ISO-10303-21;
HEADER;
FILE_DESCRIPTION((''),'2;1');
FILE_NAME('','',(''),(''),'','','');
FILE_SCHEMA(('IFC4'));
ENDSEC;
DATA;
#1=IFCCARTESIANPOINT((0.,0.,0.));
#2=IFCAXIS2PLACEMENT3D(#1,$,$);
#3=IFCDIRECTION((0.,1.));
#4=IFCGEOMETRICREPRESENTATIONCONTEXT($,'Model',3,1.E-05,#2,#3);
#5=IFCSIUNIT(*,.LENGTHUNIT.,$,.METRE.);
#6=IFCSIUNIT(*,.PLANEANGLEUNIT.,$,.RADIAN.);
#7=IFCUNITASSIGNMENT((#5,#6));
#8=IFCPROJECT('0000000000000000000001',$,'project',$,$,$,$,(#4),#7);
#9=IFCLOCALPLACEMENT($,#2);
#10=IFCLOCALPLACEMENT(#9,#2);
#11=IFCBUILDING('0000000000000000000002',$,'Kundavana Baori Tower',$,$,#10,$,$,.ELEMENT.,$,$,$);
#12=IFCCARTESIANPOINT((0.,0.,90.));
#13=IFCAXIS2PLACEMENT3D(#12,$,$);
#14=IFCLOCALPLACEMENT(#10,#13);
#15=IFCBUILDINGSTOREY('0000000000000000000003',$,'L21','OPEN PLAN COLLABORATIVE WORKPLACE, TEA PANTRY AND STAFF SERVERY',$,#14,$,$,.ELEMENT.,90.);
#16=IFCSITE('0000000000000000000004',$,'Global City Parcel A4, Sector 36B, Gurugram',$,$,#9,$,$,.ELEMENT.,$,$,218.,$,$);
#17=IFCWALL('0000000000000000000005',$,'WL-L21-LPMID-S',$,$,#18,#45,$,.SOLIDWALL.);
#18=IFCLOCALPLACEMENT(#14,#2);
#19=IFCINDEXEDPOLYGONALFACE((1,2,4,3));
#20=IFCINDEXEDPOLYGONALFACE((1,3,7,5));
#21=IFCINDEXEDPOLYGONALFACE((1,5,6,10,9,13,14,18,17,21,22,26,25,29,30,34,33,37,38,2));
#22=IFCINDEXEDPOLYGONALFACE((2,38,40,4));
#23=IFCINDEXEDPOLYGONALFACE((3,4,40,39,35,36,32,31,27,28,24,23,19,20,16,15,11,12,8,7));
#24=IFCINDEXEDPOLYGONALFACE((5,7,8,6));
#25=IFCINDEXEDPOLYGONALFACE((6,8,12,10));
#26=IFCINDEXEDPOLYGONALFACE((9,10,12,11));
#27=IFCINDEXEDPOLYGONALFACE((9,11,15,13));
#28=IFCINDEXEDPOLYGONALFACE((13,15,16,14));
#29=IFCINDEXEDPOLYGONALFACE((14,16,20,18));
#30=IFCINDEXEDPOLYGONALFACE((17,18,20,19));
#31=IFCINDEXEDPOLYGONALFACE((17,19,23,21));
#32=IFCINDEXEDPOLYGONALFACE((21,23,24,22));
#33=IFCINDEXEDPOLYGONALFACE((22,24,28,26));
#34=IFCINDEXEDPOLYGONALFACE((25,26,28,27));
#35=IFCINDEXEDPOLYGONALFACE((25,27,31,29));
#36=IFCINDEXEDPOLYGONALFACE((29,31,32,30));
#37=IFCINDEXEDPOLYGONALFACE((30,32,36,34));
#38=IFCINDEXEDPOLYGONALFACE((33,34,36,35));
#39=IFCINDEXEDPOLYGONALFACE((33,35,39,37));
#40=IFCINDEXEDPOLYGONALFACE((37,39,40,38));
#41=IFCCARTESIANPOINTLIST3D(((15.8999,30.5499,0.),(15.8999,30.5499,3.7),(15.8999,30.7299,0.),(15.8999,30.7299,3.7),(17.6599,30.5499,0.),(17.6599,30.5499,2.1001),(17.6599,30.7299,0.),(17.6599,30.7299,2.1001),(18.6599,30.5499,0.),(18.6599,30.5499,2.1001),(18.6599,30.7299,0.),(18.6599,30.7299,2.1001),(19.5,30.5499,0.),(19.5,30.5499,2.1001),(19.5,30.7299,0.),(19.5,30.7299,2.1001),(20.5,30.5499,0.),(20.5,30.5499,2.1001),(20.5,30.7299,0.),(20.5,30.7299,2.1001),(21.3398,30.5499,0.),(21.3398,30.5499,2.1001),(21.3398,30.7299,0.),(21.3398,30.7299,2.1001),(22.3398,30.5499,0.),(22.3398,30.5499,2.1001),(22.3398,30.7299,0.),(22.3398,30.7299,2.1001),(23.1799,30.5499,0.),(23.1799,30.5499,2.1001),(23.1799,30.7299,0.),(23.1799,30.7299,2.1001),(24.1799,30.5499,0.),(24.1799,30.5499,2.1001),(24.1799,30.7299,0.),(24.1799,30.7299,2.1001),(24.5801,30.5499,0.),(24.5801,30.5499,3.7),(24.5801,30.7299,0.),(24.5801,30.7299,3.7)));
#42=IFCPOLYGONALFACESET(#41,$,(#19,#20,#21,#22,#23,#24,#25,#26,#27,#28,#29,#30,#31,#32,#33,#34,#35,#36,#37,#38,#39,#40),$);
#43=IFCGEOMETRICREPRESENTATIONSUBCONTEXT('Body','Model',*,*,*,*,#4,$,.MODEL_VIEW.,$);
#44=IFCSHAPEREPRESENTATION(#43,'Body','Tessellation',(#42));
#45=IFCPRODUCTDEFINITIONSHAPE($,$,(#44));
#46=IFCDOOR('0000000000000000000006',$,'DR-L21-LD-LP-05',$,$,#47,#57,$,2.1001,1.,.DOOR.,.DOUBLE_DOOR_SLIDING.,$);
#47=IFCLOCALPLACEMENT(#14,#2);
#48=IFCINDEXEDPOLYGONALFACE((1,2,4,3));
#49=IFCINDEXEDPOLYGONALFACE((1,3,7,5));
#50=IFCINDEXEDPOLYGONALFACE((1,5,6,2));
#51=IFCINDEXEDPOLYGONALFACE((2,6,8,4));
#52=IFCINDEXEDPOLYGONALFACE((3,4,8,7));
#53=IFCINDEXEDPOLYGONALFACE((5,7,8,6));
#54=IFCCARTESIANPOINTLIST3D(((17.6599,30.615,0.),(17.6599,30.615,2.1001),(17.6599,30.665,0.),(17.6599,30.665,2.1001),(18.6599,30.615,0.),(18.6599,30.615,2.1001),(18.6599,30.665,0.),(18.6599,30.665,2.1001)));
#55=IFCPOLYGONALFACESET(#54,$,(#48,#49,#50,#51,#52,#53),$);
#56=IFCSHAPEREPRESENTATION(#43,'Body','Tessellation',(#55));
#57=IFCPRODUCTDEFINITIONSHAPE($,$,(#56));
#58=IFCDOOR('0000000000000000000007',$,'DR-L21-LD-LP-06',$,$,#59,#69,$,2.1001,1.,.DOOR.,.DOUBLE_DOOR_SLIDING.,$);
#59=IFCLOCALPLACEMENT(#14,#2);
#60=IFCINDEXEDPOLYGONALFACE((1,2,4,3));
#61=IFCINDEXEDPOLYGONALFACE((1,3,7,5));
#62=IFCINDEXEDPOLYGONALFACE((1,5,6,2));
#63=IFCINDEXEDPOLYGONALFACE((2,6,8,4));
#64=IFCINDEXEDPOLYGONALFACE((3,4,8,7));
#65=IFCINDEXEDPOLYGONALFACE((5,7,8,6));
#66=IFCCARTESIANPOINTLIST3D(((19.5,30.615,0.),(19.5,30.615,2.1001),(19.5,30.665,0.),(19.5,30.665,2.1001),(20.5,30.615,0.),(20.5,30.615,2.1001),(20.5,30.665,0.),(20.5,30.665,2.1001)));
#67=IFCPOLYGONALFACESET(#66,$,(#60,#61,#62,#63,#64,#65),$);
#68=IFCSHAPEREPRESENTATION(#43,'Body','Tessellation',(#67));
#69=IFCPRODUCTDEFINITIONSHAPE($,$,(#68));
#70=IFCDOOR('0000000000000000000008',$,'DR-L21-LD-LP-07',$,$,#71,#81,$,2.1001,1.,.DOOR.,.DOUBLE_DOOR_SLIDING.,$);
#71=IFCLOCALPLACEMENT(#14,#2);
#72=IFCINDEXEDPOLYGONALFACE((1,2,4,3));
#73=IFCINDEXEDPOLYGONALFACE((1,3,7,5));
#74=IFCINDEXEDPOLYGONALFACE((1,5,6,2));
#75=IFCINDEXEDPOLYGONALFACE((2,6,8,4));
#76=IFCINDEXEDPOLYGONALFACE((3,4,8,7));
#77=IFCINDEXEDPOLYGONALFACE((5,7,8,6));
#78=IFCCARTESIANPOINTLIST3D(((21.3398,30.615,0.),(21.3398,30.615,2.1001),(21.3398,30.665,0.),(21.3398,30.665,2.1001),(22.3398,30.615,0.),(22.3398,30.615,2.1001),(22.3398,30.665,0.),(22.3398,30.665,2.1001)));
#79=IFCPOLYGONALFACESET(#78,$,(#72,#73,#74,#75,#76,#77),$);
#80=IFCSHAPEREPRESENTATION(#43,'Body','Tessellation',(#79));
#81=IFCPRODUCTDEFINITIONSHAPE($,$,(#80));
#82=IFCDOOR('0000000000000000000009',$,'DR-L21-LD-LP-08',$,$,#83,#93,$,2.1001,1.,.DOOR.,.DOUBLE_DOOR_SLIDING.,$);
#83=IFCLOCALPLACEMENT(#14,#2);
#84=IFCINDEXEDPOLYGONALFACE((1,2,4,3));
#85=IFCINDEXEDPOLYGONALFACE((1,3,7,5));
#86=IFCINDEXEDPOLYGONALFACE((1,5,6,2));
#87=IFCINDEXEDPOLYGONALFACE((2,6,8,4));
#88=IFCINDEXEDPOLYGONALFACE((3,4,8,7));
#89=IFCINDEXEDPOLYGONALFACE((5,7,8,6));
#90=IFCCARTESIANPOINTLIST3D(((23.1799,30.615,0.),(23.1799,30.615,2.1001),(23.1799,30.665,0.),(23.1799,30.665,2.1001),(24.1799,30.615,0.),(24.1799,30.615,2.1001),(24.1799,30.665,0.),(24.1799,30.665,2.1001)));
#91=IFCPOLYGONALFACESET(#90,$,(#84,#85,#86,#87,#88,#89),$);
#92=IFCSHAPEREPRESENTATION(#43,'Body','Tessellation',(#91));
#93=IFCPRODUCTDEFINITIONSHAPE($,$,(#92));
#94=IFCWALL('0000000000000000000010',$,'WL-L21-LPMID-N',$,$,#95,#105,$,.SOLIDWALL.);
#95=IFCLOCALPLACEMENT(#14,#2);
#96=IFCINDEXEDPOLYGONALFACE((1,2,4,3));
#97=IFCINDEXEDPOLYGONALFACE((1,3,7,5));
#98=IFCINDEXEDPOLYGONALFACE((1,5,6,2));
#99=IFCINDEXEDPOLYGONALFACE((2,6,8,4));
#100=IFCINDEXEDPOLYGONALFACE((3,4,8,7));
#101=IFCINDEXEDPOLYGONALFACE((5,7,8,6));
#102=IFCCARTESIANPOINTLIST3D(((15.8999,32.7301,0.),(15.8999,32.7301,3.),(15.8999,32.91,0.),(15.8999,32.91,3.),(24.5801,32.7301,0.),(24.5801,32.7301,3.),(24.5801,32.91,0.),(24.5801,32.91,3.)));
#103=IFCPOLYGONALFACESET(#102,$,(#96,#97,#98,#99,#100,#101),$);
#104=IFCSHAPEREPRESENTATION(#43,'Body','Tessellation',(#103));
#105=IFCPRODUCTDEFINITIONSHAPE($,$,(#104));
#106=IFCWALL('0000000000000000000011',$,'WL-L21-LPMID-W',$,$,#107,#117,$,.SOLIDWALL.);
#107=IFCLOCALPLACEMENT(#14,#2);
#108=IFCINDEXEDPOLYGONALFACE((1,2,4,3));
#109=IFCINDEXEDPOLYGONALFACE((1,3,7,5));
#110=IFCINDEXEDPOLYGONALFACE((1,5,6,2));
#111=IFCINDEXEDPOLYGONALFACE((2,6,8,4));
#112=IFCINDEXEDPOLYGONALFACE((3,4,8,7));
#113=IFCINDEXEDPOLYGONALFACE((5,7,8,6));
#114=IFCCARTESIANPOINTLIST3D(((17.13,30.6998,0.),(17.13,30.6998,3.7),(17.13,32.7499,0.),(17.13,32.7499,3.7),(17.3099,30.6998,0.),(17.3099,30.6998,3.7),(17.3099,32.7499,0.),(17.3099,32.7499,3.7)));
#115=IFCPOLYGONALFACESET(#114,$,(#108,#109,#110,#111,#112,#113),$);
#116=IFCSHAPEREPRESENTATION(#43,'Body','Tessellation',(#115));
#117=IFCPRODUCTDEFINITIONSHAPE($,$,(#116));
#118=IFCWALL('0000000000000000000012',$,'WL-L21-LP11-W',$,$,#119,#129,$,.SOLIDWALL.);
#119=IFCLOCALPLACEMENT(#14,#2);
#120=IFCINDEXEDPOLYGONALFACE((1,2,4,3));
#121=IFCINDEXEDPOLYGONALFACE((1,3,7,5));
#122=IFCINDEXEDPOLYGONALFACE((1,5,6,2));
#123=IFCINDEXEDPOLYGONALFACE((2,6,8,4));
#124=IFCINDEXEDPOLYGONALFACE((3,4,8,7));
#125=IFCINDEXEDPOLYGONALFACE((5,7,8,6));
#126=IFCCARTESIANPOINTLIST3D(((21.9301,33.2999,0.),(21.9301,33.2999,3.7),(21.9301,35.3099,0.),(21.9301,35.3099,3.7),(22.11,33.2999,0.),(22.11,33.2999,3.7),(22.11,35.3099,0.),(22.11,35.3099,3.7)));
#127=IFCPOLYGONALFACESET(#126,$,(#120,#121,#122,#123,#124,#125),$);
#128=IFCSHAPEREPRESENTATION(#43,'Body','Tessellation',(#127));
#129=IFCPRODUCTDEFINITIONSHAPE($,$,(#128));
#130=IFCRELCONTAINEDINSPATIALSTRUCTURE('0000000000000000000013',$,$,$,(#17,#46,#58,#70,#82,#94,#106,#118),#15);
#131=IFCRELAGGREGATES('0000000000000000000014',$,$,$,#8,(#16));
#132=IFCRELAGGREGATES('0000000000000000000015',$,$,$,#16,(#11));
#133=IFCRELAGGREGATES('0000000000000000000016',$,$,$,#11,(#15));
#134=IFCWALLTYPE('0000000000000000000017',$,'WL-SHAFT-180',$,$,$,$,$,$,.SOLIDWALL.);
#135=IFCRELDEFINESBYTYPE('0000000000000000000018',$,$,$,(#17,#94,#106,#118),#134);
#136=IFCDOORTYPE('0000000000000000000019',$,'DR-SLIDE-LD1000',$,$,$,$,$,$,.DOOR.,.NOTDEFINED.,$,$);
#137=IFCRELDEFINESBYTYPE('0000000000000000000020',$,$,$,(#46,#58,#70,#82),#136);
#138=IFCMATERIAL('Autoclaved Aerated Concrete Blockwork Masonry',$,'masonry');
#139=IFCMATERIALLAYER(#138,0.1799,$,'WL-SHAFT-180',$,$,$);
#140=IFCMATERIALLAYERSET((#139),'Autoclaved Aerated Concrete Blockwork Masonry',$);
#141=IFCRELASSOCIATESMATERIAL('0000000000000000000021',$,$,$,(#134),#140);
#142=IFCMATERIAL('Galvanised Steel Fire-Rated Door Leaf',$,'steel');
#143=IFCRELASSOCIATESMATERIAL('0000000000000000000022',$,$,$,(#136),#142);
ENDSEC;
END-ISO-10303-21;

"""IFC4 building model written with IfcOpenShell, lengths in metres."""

from ifc_helpers import new_model, si_unit, direction, frame, frame_2d, origin, place, context, subcontext, project, spatial, rectangle, extrude, material, layer, layer_set, type_object, element, fill, save


model = new_model("IFC4")

# Units and contexts
model_context = context("Model", 3, precision=1e-05, world=origin(), true_north=direction((0.0, 1.0)))
body_context = subcontext(model_context, "Body", "Model", "MODEL_VIEW")
ifc_project = project(units=[si_unit("LENGTHUNIT", "METRE"), si_unit("PLANEANGLEUNIT", "RADIAN")], contexts=[model_context])

# Site, building, storey
site_placement = place(None, origin())
site = spatial("IfcSite", under=ifc_project, at=site_placement, Name="Global City Parcel A4, Sector 36B, Gurugram", CompositionType="ELEMENT", RefElevation=218.0)
building_placement = place(site_placement, origin())
building = spatial("IfcBuilding", under=site, at=building_placement, Name="Kundavana Baori Tower", CompositionType="ELEMENT")
storey_placement = place(building_placement, frame((0.0, 0.0, 90.0)))
storey = spatial("IfcBuildingStorey", under=building, at=storey_placement, Name="L21", Description="OPEN PLAN COLLABORATIVE WORKPLACE, TEA PANTRY AND STAFF SERVERY", CompositionType="ELEMENT", Elevation=90.0)

# Shared definitions
ifc_material_1 = material(Name="Autoclaved Aerated Concrete Blockwork Masonry", Category="masonry")
ifc_layer_1 = layer(ifc_material_1, 0.1799, Name="WL-SHAFT-180")
ifc_layer_set_1 = layer_set([ifc_layer_1], Name="Autoclaved Aerated Concrete Blockwork Masonry")
wall_type_1 = type_object("IfcWallType", Name="WL-SHAFT-180", PredefinedType="SOLIDWALL", material=ifc_layer_set_1)

# Wall, openings, doors
wall_1_placement = place(storey_placement, frame((15.8999, 30.6399, 0.0), z_axis=(0.0, 0.0, 1.0), x_axis=(1.0, 0.0, 0.0)))
wall_1 = element("IfcWall", 1, at=wall_1_placement, inside=storey, type_object=wall_type_1, Name="WL-L21-LPMID-S", PredefinedType="SOLIDWALL", context=body_context, shape_type="SweptSolid", body=[
    extrude(rectangle(XDim=8.6802, YDim=0.1799, at=frame_2d((4.3401, 0.0))), origin(), (0.0, 0.0, 1.0), 3.7),
])
opening_1_placement = place(wall_1_placement, frame((1.76, 0.0, 0.0)))
opening_1 = element("IfcOpeningElement", 2, at=opening_1_placement, cuts=wall_1, PredefinedType="OPENING", context=body_context, shape_type="SweptSolid", body=[
    extrude(rectangle(XDim=1.0, YDim=2.1001, at=frame_2d((0.5, 1.05))), frame((0.0, 0.1001, 0.0), z_axis=(0.0, -1.0, 0.0), x_axis=(1.0, 0.0, 0.0)), (0.0, 0.0, 1.0), 0.2),
])
opening_2_placement = place(wall_1_placement, frame((3.6001, 0.0, 0.0)))
opening_2 = element("IfcOpeningElement", 3, at=opening_2_placement, cuts=wall_1, PredefinedType="OPENING", context=body_context, shape_type="SweptSolid", body=[
    extrude(rectangle(XDim=1.0, YDim=2.1001, at=frame_2d((0.5, 1.05))), frame((0.0, 0.1001, 0.0), z_axis=(0.0, -1.0, 0.0), x_axis=(1.0, 0.0, 0.0)), (0.0, 0.0, 1.0), 0.2),
])
opening_3_placement = place(wall_1_placement, frame((5.4399, 0.0, 0.0)))
opening_3 = element("IfcOpeningElement", 4, at=opening_3_placement, cuts=wall_1, PredefinedType="OPENING", context=body_context, shape_type="SweptSolid", body=[
    extrude(rectangle(XDim=1.0, YDim=2.1001, at=frame_2d((0.5, 1.05))), frame((0.0, 0.1001, 0.0), z_axis=(0.0, -1.0, 0.0), x_axis=(1.0, 0.0, 0.0)), (0.0, 0.0, 1.0), 0.2),
])
opening_4_placement = place(wall_1_placement, frame((7.28, 0.0, 0.0)))
opening_4 = element("IfcOpeningElement", 5, at=opening_4_placement, cuts=wall_1, PredefinedType="OPENING", context=body_context, shape_type="SweptSolid", body=[
    extrude(rectangle(XDim=1.0, YDim=2.1001, at=frame_2d((0.5, 1.05))), frame((0.0, 0.1001, 0.0), z_axis=(0.0, -1.0, 0.0), x_axis=(1.0, 0.0, 0.0)), (0.0, 0.0, 1.0), 0.2),
])
ifc_material_2 = material(Name="Galvanised Steel Fire-Rated Door Leaf", Category="steel")
door_type_1 = type_object("IfcDoorType", Name="DR-SLIDE-LD1000", OperationType="NOTDEFINED", PredefinedType="DOOR", material=ifc_material_2)
door_1_placement = place(opening_1_placement, frame((1.0, 0.0, 0.0), z_axis=(0.0, 0.0, 1.0), x_axis=(-1.0, 0.0, 0.0)))
door_1 = element("IfcDoor", 6, at=door_1_placement, inside=storey, type_object=door_type_1, Name="DR-L21-LD-LP-05", OperationType="DOUBLE_DOOR_SLIDING", OverallHeight=2.1001, OverallWidth=1.0, PredefinedType="DOOR", context=body_context, shape_type="SweptSolid", body=[
    extrude(rectangle(XDim=1.0, YDim=2.1001, at=frame_2d((0.5, 1.05))), frame((0.0, 0.0249, 0.0), z_axis=(0.0, -1.0, 0.0), x_axis=(1.0, 0.0, 0.0)), (0.0, 0.0, 1.0), 0.05),
])
fill(opening_1, door_1)
door_2_placement = place(opening_2_placement, frame((1.0, 0.0, 0.0), z_axis=(0.0, 0.0, 1.0), x_axis=(-1.0, 0.0, 0.0)))
door_2 = element("IfcDoor", 7, at=door_2_placement, inside=storey, type_object=door_type_1, Name="DR-L21-LD-LP-06", OperationType="DOUBLE_DOOR_SLIDING", OverallHeight=2.1001, OverallWidth=1.0, PredefinedType="DOOR", context=body_context, shape_type="SweptSolid", body=[
    extrude(rectangle(XDim=1.0, YDim=2.1001, at=frame_2d((0.5, 1.05))), frame((0.0, 0.0249, 0.0), z_axis=(0.0, -1.0, 0.0), x_axis=(1.0, 0.0, 0.0)), (0.0, 0.0, 1.0), 0.05),
])
fill(opening_2, door_2)
door_3_placement = place(opening_3_placement, frame((1.0, 0.0, 0.0), z_axis=(0.0, 0.0, 1.0), x_axis=(-1.0, 0.0, 0.0)))
door_3 = element("IfcDoor", 8, at=door_3_placement, inside=storey, type_object=door_type_1, Name="DR-L21-LD-LP-07", OperationType="DOUBLE_DOOR_SLIDING", OverallHeight=2.1001, OverallWidth=1.0, PredefinedType="DOOR", context=body_context, shape_type="SweptSolid", body=[
    extrude(rectangle(XDim=1.0, YDim=2.1001, at=frame_2d((0.5, 1.05))), frame((0.0, 0.0249, 0.0), z_axis=(0.0, -1.0, 0.0), x_axis=(1.0, 0.0, 0.0)), (0.0, 0.0, 1.0), 0.05),
])
fill(opening_3, door_3)
door_4_placement = place(opening_4_placement, frame((1.0, 0.0, 0.0), z_axis=(0.0, 0.0, 1.0), x_axis=(-1.0, 0.0, 0.0)))
door_4 = element("IfcDoor", 9, at=door_4_placement, inside=storey, type_object=door_type_1, Name="DR-L21-LD-LP-08", OperationType="DOUBLE_DOOR_SLIDING", OverallHeight=2.1001, OverallWidth=1.0, PredefinedType="DOOR", context=body_context, shape_type="SweptSolid", body=[
    extrude(rectangle(XDim=1.0, YDim=2.1001, at=frame_2d((0.5, 1.05))), frame((0.0, 0.0249, 0.0), z_axis=(0.0, -1.0, 0.0), x_axis=(1.0, 0.0, 0.0)), (0.0, 0.0, 1.0), 0.05),
])
fill(opening_4, door_4)

# Walls
wall_2_placement = place(storey_placement, frame((15.8999, 32.8201, 0.0), z_axis=(0.0, 0.0, 1.0), x_axis=(1.0, 0.0, 0.0)))
element("IfcWall", 10, at=wall_2_placement, inside=storey, type_object=wall_type_1, Name="WL-L21-LPMID-N", PredefinedType="SOLIDWALL", context=body_context, shape_type="SweptSolid", body=[
    extrude(rectangle(XDim=8.6802, YDim=0.1799, at=frame_2d((4.3401, 0.0))), origin(), (0.0, 0.0, 1.0), 3.0),
])
wall_3_placement = place(storey_placement, frame((17.22, 30.7, 0.0), z_axis=(0.0, 0.0, 1.0), x_axis=(0.0, 1.0, 0.0)))
element("IfcWall", 11, at=wall_3_placement, inside=storey, type_object=wall_type_1, Name="WL-L21-LPMID-W", PredefinedType="SOLIDWALL", context=body_context, shape_type="SweptSolid", body=[
    extrude(rectangle(XDim=2.05, YDim=0.1799, at=frame_2d((1.0249, 0.0))), origin(), (0.0, 0.0, 1.0), 3.7),
])
wall_4_placement = place(storey_placement, frame((22.02, 33.3, 0.0), z_axis=(0.0, 0.0, 1.0), x_axis=(0.0, 1.0, 0.0)))
element("IfcWall", 12, at=wall_4_placement, inside=storey, type_object=wall_type_1, Name="WL-L21-LP11-W", PredefinedType="SOLIDWALL", context=body_context, shape_type="SweptSolid", body=[
    extrude(rectangle(XDim=2.01, YDim=0.1799, at=frame_2d((1.0049, 0.0))), origin(), (0.0, 0.0, 1.0), 3.7),
])

save(model, "model.ifc")
